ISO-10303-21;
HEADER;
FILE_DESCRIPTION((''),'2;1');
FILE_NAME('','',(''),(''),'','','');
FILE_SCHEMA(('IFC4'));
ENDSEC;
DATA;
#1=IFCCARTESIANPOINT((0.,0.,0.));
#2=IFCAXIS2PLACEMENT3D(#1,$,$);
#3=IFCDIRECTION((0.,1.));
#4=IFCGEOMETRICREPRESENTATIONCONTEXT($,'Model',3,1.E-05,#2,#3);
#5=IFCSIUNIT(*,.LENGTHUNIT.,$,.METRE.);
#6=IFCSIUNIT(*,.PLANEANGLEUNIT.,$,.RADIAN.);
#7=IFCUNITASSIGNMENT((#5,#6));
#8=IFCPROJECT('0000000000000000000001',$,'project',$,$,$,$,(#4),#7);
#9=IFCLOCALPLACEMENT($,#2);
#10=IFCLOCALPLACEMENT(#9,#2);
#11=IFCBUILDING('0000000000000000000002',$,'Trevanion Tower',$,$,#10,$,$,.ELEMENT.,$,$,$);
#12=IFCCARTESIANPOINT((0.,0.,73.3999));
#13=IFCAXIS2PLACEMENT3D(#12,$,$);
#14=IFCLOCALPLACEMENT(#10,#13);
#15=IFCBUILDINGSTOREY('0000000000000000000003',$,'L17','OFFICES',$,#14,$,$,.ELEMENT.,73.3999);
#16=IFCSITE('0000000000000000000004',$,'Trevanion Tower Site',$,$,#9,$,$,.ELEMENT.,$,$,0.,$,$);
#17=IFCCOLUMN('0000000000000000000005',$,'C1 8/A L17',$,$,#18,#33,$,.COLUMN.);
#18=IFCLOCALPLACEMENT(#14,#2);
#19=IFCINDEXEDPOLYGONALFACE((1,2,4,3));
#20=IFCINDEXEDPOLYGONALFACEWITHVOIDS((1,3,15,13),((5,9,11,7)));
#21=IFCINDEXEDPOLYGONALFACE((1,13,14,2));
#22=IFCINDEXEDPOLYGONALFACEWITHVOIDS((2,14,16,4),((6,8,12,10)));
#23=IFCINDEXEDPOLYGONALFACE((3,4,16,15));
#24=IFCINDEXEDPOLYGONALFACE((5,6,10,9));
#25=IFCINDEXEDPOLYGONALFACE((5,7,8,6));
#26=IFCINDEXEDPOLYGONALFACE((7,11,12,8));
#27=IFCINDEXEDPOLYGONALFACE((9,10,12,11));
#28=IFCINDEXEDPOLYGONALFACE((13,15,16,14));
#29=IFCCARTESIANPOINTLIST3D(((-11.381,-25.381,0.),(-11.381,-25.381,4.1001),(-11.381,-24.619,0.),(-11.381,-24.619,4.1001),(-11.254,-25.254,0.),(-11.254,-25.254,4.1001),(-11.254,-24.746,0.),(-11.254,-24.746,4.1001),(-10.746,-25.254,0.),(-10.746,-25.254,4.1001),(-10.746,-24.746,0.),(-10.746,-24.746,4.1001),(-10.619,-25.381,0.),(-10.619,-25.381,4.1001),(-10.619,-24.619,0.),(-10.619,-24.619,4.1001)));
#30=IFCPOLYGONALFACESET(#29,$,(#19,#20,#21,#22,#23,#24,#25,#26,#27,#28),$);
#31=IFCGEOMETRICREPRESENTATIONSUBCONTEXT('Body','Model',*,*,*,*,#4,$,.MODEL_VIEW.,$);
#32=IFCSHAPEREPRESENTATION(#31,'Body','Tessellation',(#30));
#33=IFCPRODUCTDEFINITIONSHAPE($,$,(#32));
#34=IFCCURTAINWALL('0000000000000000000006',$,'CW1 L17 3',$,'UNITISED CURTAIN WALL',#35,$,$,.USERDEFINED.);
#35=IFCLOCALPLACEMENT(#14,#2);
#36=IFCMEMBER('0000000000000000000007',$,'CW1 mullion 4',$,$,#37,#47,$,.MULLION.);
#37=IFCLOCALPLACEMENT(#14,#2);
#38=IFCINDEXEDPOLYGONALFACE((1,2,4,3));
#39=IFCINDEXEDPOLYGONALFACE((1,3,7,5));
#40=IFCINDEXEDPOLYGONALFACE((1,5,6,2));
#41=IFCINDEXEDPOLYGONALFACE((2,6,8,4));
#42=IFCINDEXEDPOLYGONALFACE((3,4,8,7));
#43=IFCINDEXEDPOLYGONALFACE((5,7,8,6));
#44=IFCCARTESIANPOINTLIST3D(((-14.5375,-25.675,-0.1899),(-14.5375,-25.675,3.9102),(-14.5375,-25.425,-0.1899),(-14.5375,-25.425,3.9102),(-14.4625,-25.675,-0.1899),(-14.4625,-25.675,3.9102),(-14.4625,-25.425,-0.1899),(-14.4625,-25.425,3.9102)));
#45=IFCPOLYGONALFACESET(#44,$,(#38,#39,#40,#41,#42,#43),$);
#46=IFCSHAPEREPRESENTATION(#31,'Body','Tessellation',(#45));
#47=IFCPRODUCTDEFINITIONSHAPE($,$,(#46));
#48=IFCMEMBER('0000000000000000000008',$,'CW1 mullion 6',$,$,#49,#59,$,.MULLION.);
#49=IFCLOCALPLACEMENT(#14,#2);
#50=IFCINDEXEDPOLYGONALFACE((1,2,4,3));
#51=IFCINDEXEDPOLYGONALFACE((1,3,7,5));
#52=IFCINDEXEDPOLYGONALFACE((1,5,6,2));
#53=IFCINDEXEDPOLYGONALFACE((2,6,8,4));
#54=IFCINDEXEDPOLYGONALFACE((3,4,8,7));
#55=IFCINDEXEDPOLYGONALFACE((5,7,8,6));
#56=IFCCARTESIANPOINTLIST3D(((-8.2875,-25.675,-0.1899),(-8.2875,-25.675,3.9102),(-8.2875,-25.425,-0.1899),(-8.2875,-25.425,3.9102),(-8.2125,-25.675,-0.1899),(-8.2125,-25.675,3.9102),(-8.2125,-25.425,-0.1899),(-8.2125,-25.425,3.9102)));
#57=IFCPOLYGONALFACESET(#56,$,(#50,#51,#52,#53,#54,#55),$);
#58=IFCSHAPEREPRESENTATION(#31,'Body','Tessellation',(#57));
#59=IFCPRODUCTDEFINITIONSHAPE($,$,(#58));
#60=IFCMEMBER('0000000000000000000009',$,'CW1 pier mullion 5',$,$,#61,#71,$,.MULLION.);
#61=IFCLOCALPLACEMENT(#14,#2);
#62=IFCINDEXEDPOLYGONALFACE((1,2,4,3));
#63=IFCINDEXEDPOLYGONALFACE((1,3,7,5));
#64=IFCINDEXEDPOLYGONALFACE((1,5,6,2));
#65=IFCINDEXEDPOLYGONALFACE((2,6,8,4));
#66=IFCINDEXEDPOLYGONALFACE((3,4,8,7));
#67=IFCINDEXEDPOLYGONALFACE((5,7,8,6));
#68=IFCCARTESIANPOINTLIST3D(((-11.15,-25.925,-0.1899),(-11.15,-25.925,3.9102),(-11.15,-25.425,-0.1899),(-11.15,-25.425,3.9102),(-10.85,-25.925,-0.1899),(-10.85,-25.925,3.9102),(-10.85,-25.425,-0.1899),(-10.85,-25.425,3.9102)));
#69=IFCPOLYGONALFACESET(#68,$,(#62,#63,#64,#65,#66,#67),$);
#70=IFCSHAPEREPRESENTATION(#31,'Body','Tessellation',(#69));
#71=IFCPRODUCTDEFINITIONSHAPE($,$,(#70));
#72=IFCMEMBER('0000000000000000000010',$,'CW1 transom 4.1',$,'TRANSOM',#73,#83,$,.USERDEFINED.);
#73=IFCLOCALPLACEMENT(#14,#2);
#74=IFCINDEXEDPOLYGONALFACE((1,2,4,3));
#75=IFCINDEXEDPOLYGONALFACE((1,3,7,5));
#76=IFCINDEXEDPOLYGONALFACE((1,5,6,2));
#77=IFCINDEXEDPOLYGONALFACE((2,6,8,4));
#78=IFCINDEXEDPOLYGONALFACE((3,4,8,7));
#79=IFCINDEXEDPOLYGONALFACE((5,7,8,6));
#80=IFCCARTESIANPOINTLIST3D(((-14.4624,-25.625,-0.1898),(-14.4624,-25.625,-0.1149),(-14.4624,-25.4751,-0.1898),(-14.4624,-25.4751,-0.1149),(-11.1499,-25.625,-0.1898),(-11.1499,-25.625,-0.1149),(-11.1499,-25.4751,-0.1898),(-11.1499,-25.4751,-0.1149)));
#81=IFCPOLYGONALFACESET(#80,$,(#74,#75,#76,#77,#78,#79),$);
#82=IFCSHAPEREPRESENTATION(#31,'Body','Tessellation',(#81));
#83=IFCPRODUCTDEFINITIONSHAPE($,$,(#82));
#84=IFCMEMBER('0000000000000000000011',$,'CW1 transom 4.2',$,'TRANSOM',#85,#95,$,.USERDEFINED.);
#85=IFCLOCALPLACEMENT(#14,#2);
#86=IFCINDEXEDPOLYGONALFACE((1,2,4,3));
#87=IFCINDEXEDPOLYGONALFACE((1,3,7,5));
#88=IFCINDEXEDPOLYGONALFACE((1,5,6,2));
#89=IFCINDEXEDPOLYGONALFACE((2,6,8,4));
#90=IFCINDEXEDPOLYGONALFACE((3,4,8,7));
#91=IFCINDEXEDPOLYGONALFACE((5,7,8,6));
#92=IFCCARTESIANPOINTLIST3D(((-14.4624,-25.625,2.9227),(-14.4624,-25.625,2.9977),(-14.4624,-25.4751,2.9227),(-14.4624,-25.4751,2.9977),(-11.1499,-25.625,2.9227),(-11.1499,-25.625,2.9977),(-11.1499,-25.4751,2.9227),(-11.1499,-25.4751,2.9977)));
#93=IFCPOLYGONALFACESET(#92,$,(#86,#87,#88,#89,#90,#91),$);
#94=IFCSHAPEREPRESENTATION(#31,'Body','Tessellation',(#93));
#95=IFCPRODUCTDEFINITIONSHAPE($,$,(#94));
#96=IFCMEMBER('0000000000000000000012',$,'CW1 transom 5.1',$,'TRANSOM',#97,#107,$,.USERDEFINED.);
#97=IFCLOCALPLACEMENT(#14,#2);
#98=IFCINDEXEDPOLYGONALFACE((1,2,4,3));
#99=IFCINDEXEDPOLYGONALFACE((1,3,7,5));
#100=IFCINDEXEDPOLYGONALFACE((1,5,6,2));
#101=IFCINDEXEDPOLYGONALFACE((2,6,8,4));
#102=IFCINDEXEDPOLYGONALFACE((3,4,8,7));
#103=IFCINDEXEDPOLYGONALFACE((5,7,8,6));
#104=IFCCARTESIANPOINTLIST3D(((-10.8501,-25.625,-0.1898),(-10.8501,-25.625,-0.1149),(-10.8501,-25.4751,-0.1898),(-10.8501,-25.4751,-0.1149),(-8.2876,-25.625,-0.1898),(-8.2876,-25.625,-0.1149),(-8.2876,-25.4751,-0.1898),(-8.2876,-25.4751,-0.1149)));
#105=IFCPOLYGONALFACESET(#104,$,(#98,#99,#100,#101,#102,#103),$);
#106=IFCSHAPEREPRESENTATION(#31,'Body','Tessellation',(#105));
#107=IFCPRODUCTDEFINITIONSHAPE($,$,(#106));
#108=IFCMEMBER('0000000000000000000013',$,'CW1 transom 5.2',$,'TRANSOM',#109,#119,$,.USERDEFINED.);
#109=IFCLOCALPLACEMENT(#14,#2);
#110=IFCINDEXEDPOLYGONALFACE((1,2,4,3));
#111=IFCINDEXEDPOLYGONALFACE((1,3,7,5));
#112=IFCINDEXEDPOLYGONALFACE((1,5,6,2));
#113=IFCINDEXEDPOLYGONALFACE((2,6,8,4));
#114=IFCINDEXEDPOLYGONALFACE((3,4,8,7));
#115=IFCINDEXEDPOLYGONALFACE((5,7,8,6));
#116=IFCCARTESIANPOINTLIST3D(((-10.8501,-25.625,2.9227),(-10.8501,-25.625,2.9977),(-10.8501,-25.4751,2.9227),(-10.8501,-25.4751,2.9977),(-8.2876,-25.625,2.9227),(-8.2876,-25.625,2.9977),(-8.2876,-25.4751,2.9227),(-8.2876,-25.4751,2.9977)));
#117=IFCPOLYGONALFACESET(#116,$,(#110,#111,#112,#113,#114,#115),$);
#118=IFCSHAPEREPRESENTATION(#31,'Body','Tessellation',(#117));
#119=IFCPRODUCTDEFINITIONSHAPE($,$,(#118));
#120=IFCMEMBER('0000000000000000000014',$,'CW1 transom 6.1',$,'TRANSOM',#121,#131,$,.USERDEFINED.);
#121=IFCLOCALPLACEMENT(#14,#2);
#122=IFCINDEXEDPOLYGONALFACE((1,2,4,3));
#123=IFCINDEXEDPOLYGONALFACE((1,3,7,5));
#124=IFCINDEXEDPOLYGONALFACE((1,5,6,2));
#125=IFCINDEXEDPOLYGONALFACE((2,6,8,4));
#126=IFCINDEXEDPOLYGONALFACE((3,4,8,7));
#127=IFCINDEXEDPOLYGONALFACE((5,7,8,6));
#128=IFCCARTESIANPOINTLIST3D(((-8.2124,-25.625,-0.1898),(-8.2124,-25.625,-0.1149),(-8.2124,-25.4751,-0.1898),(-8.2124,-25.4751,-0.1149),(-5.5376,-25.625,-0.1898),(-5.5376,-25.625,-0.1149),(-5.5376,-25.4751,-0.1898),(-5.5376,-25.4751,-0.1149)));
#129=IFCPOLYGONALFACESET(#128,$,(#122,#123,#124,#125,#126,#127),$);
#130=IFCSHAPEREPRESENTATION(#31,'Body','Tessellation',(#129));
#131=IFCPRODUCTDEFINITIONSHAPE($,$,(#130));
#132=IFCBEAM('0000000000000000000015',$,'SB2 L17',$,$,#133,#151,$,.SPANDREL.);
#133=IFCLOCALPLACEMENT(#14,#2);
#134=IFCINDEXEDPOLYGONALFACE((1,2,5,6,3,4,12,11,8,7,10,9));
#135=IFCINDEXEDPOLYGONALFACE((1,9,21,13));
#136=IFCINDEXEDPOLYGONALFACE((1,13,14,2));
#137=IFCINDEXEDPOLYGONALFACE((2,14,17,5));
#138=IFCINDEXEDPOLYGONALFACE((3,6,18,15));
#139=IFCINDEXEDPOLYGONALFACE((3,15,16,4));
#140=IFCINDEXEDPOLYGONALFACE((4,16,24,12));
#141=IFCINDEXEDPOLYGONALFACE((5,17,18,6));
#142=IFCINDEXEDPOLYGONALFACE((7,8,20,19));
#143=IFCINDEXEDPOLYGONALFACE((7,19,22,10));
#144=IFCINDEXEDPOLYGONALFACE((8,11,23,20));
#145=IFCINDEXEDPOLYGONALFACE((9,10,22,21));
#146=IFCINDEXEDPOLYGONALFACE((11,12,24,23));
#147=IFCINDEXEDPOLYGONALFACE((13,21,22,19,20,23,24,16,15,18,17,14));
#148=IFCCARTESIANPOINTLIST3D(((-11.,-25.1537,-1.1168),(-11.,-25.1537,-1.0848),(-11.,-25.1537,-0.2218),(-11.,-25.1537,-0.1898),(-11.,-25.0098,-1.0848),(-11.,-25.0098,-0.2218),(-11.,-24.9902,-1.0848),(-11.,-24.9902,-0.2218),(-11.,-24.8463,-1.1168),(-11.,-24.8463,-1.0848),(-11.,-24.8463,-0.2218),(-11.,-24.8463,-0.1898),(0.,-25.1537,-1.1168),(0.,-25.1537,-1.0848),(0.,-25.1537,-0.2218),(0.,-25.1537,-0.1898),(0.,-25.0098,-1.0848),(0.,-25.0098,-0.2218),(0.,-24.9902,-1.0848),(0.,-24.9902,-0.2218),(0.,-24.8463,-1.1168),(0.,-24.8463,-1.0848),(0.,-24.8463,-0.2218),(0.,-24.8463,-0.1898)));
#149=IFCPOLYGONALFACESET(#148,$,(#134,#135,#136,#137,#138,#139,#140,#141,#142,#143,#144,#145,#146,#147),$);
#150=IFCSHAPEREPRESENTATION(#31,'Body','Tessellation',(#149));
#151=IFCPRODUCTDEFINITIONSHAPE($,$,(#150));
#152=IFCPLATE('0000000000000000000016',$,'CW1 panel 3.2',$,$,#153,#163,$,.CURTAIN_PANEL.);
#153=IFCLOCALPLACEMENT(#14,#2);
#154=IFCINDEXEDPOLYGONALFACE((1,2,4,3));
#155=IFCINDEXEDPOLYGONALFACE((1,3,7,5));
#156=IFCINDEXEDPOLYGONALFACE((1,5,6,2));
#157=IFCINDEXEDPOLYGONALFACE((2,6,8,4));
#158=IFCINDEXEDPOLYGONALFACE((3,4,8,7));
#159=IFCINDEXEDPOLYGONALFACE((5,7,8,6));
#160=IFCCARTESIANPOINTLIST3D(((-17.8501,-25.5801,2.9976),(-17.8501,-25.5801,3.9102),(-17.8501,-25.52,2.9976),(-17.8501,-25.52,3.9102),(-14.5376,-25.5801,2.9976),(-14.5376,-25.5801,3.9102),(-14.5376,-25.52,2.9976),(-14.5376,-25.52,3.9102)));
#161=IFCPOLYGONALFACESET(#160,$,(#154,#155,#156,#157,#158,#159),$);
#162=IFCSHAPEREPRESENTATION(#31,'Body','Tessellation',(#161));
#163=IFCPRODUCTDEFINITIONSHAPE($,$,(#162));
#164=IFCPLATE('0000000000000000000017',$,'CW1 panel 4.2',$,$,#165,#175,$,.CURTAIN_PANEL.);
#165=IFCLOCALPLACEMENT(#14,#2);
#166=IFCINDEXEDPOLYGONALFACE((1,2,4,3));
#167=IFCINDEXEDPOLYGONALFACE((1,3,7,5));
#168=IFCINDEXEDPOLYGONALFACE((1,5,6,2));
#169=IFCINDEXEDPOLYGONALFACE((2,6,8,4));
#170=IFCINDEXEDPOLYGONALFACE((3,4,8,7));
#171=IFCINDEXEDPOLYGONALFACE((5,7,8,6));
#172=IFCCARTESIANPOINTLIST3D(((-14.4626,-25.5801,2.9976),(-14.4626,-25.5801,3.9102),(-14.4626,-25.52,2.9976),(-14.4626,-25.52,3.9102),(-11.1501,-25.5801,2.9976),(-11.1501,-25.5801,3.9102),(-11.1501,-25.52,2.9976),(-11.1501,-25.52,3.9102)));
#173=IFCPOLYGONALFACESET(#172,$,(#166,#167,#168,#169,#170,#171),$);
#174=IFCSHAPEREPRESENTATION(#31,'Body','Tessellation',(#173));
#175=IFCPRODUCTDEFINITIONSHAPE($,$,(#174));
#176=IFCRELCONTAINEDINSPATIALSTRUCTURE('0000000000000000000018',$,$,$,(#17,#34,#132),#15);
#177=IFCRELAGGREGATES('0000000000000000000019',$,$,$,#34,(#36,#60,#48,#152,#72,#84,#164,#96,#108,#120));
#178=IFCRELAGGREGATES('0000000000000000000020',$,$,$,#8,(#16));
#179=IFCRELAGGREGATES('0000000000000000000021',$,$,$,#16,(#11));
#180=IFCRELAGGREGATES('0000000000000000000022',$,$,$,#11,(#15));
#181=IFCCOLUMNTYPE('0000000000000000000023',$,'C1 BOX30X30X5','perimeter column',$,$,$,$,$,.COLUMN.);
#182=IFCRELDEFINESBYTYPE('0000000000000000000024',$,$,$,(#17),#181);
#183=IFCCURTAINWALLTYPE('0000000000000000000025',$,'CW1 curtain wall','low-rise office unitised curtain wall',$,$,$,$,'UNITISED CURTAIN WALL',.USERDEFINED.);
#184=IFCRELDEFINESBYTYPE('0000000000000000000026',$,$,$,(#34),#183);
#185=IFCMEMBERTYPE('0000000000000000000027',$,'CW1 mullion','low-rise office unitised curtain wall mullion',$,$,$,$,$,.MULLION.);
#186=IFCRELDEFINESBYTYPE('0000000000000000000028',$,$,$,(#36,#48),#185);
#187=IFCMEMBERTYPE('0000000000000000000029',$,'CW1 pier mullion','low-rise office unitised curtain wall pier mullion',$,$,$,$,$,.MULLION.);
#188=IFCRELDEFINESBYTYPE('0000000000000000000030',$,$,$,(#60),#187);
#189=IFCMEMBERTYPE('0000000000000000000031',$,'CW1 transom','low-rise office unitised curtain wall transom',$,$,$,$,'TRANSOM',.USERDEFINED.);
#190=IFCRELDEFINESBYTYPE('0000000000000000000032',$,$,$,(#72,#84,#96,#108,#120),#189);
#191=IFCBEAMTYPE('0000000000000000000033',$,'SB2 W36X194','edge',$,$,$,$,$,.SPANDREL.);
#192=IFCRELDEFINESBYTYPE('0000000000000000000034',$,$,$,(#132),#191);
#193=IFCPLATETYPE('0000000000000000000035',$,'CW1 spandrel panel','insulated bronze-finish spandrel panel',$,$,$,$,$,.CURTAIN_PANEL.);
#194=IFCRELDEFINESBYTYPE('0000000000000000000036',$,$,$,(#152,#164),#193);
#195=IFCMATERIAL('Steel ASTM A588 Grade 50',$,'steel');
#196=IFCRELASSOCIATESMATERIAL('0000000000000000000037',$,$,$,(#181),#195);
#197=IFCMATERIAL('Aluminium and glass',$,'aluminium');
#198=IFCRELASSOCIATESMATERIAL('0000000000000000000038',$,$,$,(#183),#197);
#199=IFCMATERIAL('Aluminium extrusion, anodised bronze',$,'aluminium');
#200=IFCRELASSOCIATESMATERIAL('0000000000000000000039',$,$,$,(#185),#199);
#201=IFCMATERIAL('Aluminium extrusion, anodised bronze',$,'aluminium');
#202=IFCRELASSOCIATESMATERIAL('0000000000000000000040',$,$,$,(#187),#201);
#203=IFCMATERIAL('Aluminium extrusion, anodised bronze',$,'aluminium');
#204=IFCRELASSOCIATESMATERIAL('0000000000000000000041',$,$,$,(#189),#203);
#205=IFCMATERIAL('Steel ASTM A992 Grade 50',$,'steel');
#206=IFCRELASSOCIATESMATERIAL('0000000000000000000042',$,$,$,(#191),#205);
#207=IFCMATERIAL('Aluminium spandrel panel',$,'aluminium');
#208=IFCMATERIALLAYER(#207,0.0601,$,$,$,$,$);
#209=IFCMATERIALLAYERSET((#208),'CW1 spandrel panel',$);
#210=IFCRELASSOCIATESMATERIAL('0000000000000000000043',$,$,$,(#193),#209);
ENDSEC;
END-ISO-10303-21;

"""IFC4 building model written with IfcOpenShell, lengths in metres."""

from ifc_helpers import new_model, si_unit, direction, frame, origin, origin_2d, place, context, subcontext, project, spatial, rectangle, hollow_rectangle, i_section, extrude, material, layer, layer_set, material_profile, profile_set, type_object, element, aggregate, save


model = new_model("IFC4")

# Units and contexts
model_context = context("Model", 3, precision=1e-05, world=origin(), true_north=direction((0.0, 1.0)))
body_context = subcontext(model_context, "Body", "Model", "MODEL_VIEW")
ifc_project = project(units=[si_unit("LENGTHUNIT", "METRE"), si_unit("PLANEANGLEUNIT", "RADIAN")], contexts=[model_context])

# Site, building, storey
site_placement = place(None, origin())
site = spatial("IfcSite", under=ifc_project, at=site_placement, Name="Trevanion Tower Site", CompositionType="ELEMENT", RefElevation=0.0)
building_placement = place(site_placement, origin())
building = spatial("IfcBuilding", under=site, at=building_placement, Name="Trevanion Tower", CompositionType="ELEMENT")
storey_placement = place(building_placement, frame((0.0, 0.0, 73.3999)))
storey = spatial("IfcBuildingStorey", under=building, at=storey_placement, Name="L17", Description="OFFICES", CompositionType="ELEMENT", Elevation=73.3999)

# Column
ifc_material_1 = material(Name="Steel ASTM A588 Grade 50", Category="steel")
ifc_material_profile_1 = material_profile(ifc_material_1, hollow_rectangle(XDim=0.762, YDim=0.762, WallThickness=0.127, at=origin_2d()), Name="BOX30X30X5")
ifc_profile_set_1 = profile_set([ifc_material_profile_1], Name="Steel ASTM A588 Grade 50")
column_type = type_object("IfcColumnType", Name="C1 BOX30X30X5", Description="perimeter column", PredefinedType="COLUMN", material=ifc_profile_set_1)
column_placement = place(storey_placement, frame((-11.0, -25.0, 0.0), z_axis=(0.0, 0.0, 1.0), x_axis=(1.0, 0.0, 0.0)))
element("IfcColumn", 1, at=column_placement, inside=storey, type_object=column_type, Name="C1 8/A L17", PredefinedType="COLUMN", context=body_context, shape_type="SweptSolid", body=[
    extrude(hollow_rectangle(XDim=0.762, YDim=0.762, WallThickness=0.127, at=origin_2d()), origin(), (0.0, 0.0, 1.0), 4.1001),
])

# Curtain wall, members
ifc_material_2 = material(Name="Aluminium and glass", Category="aluminium")
curtain_wall_type = type_object("IfcCurtainWallType", Name="CW1 curtain wall", Description="low-rise office unitised curtain wall", ElementType="UNITISED CURTAIN WALL", PredefinedType="USERDEFINED", material=ifc_material_2)
curtain_wall_placement = place(storey_placement, origin())
curtain_wall = element("IfcCurtainWall", 2, at=curtain_wall_placement, inside=storey, type_object=curtain_wall_type, Name="CW1 L17 3", ObjectType="UNITISED CURTAIN WALL", PredefinedType="USERDEFINED")
ifc_material_3 = material(Name="Aluminium extrusion, anodised bronze", Category="aluminium")
ifc_material_profile_2 = material_profile(ifc_material_3, rectangle(XDim=0.075, YDim=0.25, at=origin_2d()), Name="CW1 mullion")
ifc_profile_set_2 = profile_set([ifc_material_profile_2], Name="Aluminium extrusion, anodised bronze")
member_type_1 = type_object("IfcMemberType", Name="CW1 mullion", Description="low-rise office unitised curtain wall mullion", PredefinedType="MULLION", material=ifc_profile_set_2)
member_1_placement = place(storey_placement, frame((-14.5, -25.55, -0.1899), z_axis=(0.0, 0.0, 1.0), x_axis=(1.0, 0.0, 0.0)))
member_1 = element("IfcMember", 3, at=member_1_placement, type_object=member_type_1, Name="CW1 mullion 4", PredefinedType="MULLION", context=body_context, shape_type="SweptSolid", body=[
    extrude(rectangle(XDim=0.075, YDim=0.25, at=origin_2d()), origin(), (0.0, 0.0, 1.0), 4.1001),
])
member_2_placement = place(storey_placement, frame((-8.25, -25.55, -0.1899), z_axis=(0.0, 0.0, 1.0), x_axis=(1.0, 0.0, 0.0)))
member_2 = element("IfcMember", 4, at=member_2_placement, type_object=member_type_1, Name="CW1 mullion 6", PredefinedType="MULLION", context=body_context, shape_type="SweptSolid", body=[
    extrude(rectangle(XDim=0.075, YDim=0.25, at=origin_2d()), origin(), (0.0, 0.0, 1.0), 4.1001),
])
ifc_material_4 = material(Name="Aluminium extrusion, anodised bronze", Category="aluminium")
ifc_material_profile_3 = material_profile(ifc_material_4, rectangle(XDim=0.3, YDim=0.5, at=origin_2d()), Name="CW1 pier mullion")
ifc_profile_set_3 = profile_set([ifc_material_profile_3], Name="Aluminium extrusion, anodised bronze")
member_type_2 = type_object("IfcMemberType", Name="CW1 pier mullion", Description="low-rise office unitised curtain wall pier mullion", PredefinedType="MULLION", material=ifc_profile_set_3)
member_3_placement = place(storey_placement, frame((-11.0, -25.675, -0.1899), z_axis=(0.0, 0.0, 1.0), x_axis=(1.0, 0.0, 0.0)))
member_3 = element("IfcMember", 5, at=member_3_placement, type_object=member_type_2, Name="CW1 pier mullion 5", PredefinedType="MULLION", context=body_context, shape_type="SweptSolid", body=[
    extrude(rectangle(XDim=0.3, YDim=0.5, at=origin_2d()), origin(), (0.0, 0.0, 1.0), 4.1001),
])
ifc_material_5 = material(Name="Aluminium extrusion, anodised bronze", Category="aluminium")
ifc_material_profile_4 = material_profile(ifc_material_5, rectangle(XDim=0.1499, YDim=0.075, at=origin_2d()), Name="CW1 transom")
ifc_profile_set_4 = profile_set([ifc_material_profile_4], Name="Aluminium extrusion, anodised bronze")
member_type_3 = type_object("IfcMemberType", Name="CW1 transom", Description="low-rise office unitised curtain wall transom", ElementType="TRANSOM", PredefinedType="USERDEFINED", material=ifc_profile_set_4)
member_4_placement = place(storey_placement, frame((-14.4624, -25.55, -0.1523), z_axis=(1.0, 0.0, 0.0), x_axis=(0.0, 1.0, 0.0)))
member_4 = element("IfcMember", 6, at=member_4_placement, type_object=member_type_3, Name="CW1 transom 4.1", ObjectType="TRANSOM", PredefinedType="USERDEFINED", context=body_context, shape_type="SweptSolid", body=[
    extrude(rectangle(XDim=0.1499, YDim=0.075, at=origin_2d()), origin(), (0.0, 0.0, 1.0), 3.3125),
])
member_5_placement = place(storey_placement, frame((-14.4624, -25.55, 2.9602), z_axis=(1.0, 0.0, 0.0), x_axis=(0.0, 1.0, 0.0)))
member_5 = element("IfcMember", 7, at=member_5_placement, type_object=member_type_3, Name="CW1 transom 4.2", ObjectType="TRANSOM", PredefinedType="USERDEFINED", context=body_context, shape_type="SweptSolid", body=[
    extrude(rectangle(XDim=0.1499, YDim=0.075, at=origin_2d()), origin(), (0.0, 0.0, 1.0), 3.3125),
])
member_6_placement = place(storey_placement, frame((-10.8501, -25.55, -0.1523), z_axis=(1.0, 0.0, 0.0), x_axis=(0.0, 1.0, 0.0)))
member_6 = element("IfcMember", 8, at=member_6_placement, type_object=member_type_3, Name="CW1 transom 5.1", ObjectType="TRANSOM", PredefinedType="USERDEFINED", context=body_context, shape_type="SweptSolid", body=[
    extrude(rectangle(XDim=0.1499, YDim=0.075, at=origin_2d()), origin(), (0.0, 0.0, 1.0), 2.5625),
])
member_7_placement = place(storey_placement, frame((-10.8501, -25.55, 2.9602), z_axis=(1.0, 0.0, 0.0), x_axis=(0.0, 1.0, 0.0)))
member_7 = element("IfcMember", 9, at=member_7_placement, type_object=member_type_3, Name="CW1 transom 5.2", ObjectType="TRANSOM", PredefinedType="USERDEFINED", context=body_context, shape_type="SweptSolid", body=[
    extrude(rectangle(XDim=0.1499, YDim=0.075, at=origin_2d()), origin(), (0.0, 0.0, 1.0), 2.5625),
])
member_8_placement = place(storey_placement, frame((-8.2124, -25.55, -0.1523), z_axis=(1.0, 0.0, 0.0), x_axis=(0.0, 1.0, 0.0)))
member_8 = element("IfcMember", 10, at=member_8_placement, type_object=member_type_3, Name="CW1 transom 6.1", ObjectType="TRANSOM", PredefinedType="USERDEFINED", context=body_context, shape_type="SweptSolid", body=[
    extrude(rectangle(XDim=0.1499, YDim=0.075, at=origin_2d()), origin(), (0.0, 0.0, 1.0), 2.6748),
])

# Beam
ifc_material_6 = material(Name="Steel ASTM A992 Grade 50", Category="steel")
ifc_material_profile_5 = material_profile(ifc_material_6, i_section(OverallWidth=0.3074, OverallDepth=0.927, WebThickness=0.0195, FlangeThickness=0.032, at=origin_2d()), Name="W36X194")
ifc_profile_set_5 = profile_set([ifc_material_profile_5], Name="Steel ASTM A992 Grade 50")
beam_type = type_object("IfcBeamType", Name="SB2 W36X194", Description="edge", PredefinedType="SPANDREL", material=ifc_profile_set_5)
beam_placement = place(storey_placement, frame((-11.0, -25.0, -0.6533), z_axis=(1.0, 0.0, 0.0), x_axis=(0.0, 1.0, 0.0)))
element("IfcBeam", 11, at=beam_placement, inside=storey, type_object=beam_type, Name="SB2 L17", PredefinedType="SPANDREL", context=body_context, shape_type="SweptSolid", body=[
    extrude(i_section(OverallWidth=0.3074, OverallDepth=0.927, WebThickness=0.0195, FlangeThickness=0.032, at=origin_2d()), origin(), (0.0, 0.0, 1.0), 11.0),
])

# Plates
ifc_material_7 = material(Name="Aluminium spandrel panel", Category="aluminium")
ifc_layer_1 = layer(ifc_material_7, 0.0601)
ifc_layer_set_1 = layer_set([ifc_layer_1], Name="CW1 spandrel panel")
plate_type_1 = type_object("IfcPlateType", Name="CW1 spandrel panel", Description="insulated bronze-finish spandrel panel", PredefinedType="CURTAIN_PANEL", material=ifc_layer_set_1)
plate_1_placement = place(storey_placement, frame((-16.1938, -25.55, 2.9976), z_axis=(0.0, 0.0, 1.0), x_axis=(1.0, 0.0, 0.0)))
plate_1 = element("IfcPlate", 12, at=plate_1_placement, type_object=plate_type_1, Name="CW1 panel 3.2", PredefinedType="CURTAIN_PANEL", context=body_context, shape_type="SweptSolid", body=[
    extrude(rectangle(XDim=3.3125, YDim=0.0601, at=origin_2d()), origin(), (0.0, 0.0, 1.0), 0.9126),
])
plate_2_placement = place(storey_placement, frame((-12.8064, -25.55, 2.9976), z_axis=(0.0, 0.0, 1.0), x_axis=(1.0, 0.0, 0.0)))
plate_2 = element("IfcPlate", 13, at=plate_2_placement, type_object=plate_type_1, Name="CW1 panel 4.2", PredefinedType="CURTAIN_PANEL", context=body_context, shape_type="SweptSolid", body=[
    extrude(rectangle(XDim=3.3125, YDim=0.0601, at=origin_2d()), origin(), (0.0, 0.0, 1.0), 0.9126),
])
aggregate(curtain_wall, [member_1, member_3, member_2, plate_1, member_4, member_5, plate_2, member_6, member_7, member_8])

save(model, "model.ifc")
